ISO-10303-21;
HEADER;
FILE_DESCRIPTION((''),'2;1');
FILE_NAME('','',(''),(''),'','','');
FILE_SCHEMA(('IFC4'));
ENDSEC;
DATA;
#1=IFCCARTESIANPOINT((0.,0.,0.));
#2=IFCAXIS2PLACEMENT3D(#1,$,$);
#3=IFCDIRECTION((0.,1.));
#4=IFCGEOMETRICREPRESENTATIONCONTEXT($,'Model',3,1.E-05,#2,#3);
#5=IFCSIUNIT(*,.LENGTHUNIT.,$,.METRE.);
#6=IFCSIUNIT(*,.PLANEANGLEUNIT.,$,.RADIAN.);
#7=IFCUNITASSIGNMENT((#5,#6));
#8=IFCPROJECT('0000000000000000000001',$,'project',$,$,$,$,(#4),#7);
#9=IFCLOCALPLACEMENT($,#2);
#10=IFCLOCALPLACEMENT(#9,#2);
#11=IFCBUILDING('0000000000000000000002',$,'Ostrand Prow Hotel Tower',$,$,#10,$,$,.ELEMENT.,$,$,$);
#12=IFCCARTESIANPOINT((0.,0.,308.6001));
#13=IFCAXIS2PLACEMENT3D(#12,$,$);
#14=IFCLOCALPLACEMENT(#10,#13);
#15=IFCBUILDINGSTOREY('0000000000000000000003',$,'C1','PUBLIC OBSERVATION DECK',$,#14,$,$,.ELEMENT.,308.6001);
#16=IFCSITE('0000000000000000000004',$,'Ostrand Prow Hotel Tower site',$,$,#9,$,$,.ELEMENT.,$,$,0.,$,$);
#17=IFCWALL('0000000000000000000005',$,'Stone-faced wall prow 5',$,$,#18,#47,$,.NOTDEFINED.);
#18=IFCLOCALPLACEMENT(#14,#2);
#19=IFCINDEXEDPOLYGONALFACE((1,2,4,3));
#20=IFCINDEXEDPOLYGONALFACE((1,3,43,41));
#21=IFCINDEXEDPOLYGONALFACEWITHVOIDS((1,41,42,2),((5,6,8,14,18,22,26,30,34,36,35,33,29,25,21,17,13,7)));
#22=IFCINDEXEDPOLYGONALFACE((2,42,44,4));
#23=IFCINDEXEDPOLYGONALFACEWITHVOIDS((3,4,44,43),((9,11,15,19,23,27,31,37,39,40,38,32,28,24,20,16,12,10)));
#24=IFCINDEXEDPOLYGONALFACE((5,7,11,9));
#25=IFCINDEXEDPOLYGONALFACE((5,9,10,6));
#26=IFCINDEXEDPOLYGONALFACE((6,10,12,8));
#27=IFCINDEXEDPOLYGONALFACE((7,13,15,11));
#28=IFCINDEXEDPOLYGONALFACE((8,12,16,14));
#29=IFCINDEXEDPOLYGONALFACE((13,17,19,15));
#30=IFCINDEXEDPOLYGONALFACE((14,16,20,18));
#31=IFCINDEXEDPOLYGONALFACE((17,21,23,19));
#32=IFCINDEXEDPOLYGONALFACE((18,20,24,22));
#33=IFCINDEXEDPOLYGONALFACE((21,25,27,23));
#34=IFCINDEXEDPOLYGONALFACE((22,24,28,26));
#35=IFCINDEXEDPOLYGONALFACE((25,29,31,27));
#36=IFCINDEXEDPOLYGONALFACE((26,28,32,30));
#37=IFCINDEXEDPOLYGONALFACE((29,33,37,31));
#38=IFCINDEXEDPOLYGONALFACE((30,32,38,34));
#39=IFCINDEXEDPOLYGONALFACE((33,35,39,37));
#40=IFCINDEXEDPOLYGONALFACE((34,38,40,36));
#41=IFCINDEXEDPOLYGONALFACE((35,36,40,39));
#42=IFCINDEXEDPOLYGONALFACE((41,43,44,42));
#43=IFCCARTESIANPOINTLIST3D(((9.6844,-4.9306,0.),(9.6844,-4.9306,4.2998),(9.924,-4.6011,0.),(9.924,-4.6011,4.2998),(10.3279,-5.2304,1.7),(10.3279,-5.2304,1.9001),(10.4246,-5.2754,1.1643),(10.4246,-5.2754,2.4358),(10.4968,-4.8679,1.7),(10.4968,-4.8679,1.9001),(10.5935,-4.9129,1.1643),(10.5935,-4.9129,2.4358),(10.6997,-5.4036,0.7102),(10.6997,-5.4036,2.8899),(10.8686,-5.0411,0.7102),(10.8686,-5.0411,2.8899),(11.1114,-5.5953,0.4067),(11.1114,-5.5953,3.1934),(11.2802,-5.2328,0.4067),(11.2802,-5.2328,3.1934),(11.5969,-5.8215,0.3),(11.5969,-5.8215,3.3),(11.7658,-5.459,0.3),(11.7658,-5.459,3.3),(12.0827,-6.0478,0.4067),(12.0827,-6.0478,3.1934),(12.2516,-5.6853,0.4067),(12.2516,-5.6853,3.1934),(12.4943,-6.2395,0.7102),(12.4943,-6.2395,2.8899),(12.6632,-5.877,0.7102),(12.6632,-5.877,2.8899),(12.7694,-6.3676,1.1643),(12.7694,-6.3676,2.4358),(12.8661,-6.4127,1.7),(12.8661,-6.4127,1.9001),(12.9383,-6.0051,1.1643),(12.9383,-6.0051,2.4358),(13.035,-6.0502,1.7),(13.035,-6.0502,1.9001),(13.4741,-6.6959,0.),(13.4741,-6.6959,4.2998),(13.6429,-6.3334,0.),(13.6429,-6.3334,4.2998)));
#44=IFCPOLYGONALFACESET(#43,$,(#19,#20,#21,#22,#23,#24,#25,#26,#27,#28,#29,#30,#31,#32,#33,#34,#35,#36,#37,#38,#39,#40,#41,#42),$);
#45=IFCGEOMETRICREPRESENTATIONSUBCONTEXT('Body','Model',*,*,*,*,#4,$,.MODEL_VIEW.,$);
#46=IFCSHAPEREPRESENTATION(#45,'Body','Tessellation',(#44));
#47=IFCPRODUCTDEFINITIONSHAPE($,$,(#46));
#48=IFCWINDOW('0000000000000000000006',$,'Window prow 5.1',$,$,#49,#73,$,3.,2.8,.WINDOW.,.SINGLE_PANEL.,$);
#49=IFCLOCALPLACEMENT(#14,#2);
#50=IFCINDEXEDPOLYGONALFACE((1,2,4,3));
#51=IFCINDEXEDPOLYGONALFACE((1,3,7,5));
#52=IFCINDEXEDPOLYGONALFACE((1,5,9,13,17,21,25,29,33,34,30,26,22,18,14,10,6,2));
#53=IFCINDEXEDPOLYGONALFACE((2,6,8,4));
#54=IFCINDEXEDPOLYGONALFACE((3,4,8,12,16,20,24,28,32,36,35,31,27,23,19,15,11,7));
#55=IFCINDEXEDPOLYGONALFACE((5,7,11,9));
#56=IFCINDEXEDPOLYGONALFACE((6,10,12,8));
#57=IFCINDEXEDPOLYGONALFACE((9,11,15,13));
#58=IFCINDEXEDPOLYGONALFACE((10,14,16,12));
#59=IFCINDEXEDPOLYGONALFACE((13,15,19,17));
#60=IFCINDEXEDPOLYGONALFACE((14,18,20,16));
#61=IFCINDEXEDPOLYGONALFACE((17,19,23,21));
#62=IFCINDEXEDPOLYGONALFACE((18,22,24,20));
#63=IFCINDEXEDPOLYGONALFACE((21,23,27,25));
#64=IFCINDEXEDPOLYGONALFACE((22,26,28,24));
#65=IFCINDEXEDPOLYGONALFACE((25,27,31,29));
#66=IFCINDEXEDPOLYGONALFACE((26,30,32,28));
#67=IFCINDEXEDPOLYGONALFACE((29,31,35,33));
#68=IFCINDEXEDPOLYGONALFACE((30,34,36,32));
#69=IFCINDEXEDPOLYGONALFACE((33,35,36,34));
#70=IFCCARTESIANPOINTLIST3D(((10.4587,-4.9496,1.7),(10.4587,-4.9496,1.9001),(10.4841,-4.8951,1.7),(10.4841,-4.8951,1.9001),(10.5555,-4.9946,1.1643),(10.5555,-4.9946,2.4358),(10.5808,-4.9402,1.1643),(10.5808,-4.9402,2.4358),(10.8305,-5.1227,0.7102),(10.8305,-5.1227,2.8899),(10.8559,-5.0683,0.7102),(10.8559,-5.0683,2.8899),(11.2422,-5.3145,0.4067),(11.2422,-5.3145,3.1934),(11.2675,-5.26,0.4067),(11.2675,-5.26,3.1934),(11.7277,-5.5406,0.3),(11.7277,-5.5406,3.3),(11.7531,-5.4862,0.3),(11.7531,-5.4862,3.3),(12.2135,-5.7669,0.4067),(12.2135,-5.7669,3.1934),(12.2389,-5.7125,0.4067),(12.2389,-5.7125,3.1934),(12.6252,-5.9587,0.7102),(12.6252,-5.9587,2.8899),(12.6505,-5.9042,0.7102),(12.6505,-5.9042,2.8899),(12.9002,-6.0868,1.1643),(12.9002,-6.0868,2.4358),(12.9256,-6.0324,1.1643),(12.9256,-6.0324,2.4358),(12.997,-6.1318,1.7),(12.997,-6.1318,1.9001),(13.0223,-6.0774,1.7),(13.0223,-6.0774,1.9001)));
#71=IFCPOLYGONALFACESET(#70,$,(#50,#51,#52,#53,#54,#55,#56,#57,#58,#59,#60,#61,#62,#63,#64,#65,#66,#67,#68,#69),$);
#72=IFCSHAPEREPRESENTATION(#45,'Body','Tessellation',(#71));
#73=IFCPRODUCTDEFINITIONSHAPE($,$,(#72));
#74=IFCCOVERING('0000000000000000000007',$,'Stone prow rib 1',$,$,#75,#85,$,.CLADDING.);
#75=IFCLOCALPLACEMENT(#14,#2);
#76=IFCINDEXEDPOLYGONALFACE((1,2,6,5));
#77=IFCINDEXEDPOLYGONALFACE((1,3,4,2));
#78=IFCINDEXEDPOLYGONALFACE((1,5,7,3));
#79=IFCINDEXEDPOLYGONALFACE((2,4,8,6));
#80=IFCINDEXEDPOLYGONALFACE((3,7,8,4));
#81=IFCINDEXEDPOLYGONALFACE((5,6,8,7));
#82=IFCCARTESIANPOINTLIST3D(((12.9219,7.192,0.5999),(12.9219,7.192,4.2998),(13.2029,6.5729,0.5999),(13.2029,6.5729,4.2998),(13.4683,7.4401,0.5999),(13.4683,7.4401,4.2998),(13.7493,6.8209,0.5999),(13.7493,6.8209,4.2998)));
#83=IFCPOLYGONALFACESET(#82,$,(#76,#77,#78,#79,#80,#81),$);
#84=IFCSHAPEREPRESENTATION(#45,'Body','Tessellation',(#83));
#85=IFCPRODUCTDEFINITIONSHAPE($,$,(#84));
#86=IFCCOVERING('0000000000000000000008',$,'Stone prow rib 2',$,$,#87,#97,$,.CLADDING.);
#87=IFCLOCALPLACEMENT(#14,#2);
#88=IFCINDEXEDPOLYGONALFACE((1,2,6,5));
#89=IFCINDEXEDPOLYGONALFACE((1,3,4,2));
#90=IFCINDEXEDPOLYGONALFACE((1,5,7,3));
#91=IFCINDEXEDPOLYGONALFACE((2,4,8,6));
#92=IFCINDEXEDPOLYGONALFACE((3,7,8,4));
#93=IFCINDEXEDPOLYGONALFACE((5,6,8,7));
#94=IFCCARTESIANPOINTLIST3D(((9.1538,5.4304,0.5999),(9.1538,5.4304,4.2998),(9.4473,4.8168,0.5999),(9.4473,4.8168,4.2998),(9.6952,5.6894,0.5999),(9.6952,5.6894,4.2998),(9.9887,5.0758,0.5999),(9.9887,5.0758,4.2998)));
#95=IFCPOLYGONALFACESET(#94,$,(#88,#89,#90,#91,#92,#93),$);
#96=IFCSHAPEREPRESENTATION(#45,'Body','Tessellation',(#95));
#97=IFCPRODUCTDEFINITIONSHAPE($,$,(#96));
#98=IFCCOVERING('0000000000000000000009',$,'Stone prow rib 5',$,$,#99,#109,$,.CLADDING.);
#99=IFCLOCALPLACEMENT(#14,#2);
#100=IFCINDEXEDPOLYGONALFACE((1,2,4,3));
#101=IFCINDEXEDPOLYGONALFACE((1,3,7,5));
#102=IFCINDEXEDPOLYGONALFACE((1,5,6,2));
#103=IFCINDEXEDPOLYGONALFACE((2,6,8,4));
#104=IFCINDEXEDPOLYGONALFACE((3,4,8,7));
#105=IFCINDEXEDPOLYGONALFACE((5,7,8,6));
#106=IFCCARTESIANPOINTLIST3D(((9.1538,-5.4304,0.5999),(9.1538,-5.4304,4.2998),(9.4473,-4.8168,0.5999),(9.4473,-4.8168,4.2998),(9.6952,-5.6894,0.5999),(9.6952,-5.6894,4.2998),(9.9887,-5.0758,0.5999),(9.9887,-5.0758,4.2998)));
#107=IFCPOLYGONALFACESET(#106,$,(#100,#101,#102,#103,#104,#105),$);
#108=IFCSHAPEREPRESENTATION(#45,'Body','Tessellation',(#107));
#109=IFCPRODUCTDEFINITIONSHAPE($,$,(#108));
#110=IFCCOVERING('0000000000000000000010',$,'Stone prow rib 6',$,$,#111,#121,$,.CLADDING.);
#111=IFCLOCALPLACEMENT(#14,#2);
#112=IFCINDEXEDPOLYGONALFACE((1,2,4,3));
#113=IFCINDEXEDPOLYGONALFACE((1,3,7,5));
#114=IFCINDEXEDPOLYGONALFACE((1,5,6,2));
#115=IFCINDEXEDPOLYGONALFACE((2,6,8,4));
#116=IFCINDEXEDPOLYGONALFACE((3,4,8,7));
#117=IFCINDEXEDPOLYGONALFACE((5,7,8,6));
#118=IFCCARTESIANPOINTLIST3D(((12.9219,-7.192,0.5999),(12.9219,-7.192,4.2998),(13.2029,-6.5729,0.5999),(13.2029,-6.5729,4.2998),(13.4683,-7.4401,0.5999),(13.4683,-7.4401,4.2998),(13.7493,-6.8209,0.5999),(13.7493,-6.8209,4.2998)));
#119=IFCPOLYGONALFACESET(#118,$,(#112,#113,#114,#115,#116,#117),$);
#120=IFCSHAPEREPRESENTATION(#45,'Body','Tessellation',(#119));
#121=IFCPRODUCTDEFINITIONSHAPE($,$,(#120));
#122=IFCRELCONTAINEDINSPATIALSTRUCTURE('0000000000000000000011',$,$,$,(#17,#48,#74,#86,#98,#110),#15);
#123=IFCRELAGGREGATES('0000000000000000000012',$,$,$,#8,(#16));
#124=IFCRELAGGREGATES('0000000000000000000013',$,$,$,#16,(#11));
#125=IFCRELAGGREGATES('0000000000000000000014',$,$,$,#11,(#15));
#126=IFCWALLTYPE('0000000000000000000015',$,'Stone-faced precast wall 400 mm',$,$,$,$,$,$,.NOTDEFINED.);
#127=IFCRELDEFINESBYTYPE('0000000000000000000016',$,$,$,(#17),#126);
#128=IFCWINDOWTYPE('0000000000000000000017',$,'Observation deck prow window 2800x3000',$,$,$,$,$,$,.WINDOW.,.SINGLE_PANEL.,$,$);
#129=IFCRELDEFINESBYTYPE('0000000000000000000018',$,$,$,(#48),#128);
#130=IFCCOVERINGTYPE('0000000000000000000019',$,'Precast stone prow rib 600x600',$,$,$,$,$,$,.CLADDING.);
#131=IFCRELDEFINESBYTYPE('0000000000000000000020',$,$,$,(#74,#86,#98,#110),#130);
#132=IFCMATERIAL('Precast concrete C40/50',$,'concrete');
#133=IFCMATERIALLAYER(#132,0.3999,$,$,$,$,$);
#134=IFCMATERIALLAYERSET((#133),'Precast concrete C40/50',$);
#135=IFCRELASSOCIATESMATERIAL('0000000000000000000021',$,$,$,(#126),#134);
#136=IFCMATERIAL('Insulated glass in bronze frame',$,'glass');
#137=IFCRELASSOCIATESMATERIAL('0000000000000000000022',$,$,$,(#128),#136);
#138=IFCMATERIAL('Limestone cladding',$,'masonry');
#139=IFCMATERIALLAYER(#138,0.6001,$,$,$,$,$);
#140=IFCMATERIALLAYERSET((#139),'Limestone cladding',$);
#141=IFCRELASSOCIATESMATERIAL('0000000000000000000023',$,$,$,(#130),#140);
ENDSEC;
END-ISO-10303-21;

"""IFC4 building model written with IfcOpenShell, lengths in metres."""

from ifc_helpers import new_model, si_unit, direction, frame, frame_2d, origin, place, context, subcontext, project, spatial, polyline, rectangle, outline, extrude, material, layer, layer_set, type_object, element, fill, save


model = new_model("IFC4")

# Units and contexts
model_context = context("Model", 3, precision=1e-05, world=origin(), true_north=direction((0.0, 1.0)))
body_context = subcontext(model_context, "Body", "Model", "MODEL_VIEW")
ifc_project = project(units=[si_unit("LENGTHUNIT", "METRE"), si_unit("PLANEANGLEUNIT", "RADIAN")], contexts=[model_context])

# Site, building, storey
site_placement = place(None, origin())
site = spatial("IfcSite", under=ifc_project, at=site_placement, Name="Ostrand Prow Hotel Tower site", CompositionType="ELEMENT", RefElevation=0.0)
building_placement = place(site_placement, origin())
building = spatial("IfcBuilding", under=site, at=building_placement, Name="Ostrand Prow Hotel Tower", CompositionType="ELEMENT")
storey_placement = place(building_placement, frame((0.0, 0.0, 308.6001)))
storey = spatial("IfcBuildingStorey", under=building, at=storey_placement, Name="C1", Description="PUBLIC OBSERVATION DECK", CompositionType="ELEMENT", Elevation=308.6001)

# Wall, opening, window
ifc_material_1 = material(Name="Precast concrete C40/50", Category="concrete")
ifc_layer_1 = layer(ifc_material_1, 0.3999)
ifc_layer_set_1 = layer_set([ifc_layer_1], Name="Precast concrete C40/50")
wall_type_1 = type_object("IfcWallType", Name="Stone-faced precast wall 400 mm", PredefinedType="NOTDEFINED", material=ifc_layer_set_1)
ifc_material_2 = material(Name="Insulated glass in bronze frame", Category="glass")
window_type = type_object("IfcWindowType", Name="Observation deck prow window 2800x3000", PartitioningType="SINGLE_PANEL", PredefinedType="WINDOW", material=ifc_material_2)
wall_1_placement = place(storey_placement, frame((9.8042, -4.7659, 0.0), z_axis=(0.0, 0.0, 1.0), x_axis=(0.906486, -0.422237, 0.0)))
wall_1 = element("IfcWall", 1, at=wall_1_placement, inside=storey, type_object=wall_type_1, Name="Stone-faced wall prow 5", PredefinedType="NOTDEFINED", context=body_context, shape_type="SweptSolid", body=[
    extrude(outline(polyline([(-0.0391, -0.2), (4.1416, -0.2), (4.1416, 0.2), (0.0391, 0.2), (-0.0391, -0.2)])), origin(), (0.0, 0.0, 1.0), 4.2998),
])
opening_1_placement = place(wall_1_placement, frame((0.6709, 0.0, 0.3)))
opening_1 = element("IfcOpeningElement", 2, at=opening_1_placement, cuts=wall_1, PredefinedType="OPENING", context=body_context, shape_type="SweptSolid", body=[
    extrude(outline(polyline([(0.0, 1.6001), (0.1067, 2.1357), (0.4102, 2.5898), (0.8643, 2.8933), (1.3999, 3.0), (1.9358, 2.8933), (2.3899, 2.5898), (2.6934, 2.1357), (2.8, 1.6001), (2.8, 1.3999), (2.6934, 0.8643), (2.3899, 0.4102), (1.9358, 0.1067), (1.3999, 0.0), (0.8643, 0.1067), (0.4102, 0.4102), (0.1067, 0.8643), (0.0, 1.3999), (0.0, 1.6001)])), frame((0.0, 0.21, 0.0), z_axis=(0.0, -1.0, 0.0), x_axis=(1.0, 0.0, 0.0)), (0.0, 0.0, 1.0), 0.4199),
])
window_1_placement = place(opening_1_placement, origin())
window_1 = element("IfcWindow", 3, at=window_1_placement, inside=storey, type_object=window_type, Name="Window prow 5.1", OverallHeight=3.0, OverallWidth=2.8, PartitioningType="SINGLE_PANEL", PredefinedType="WINDOW", context=body_context, shape_type="SweptSolid", body=[
    extrude(outline(polyline([(0.0, 1.6001), (0.1067, 2.1357), (0.4102, 2.5898), (0.8643, 2.8933), (1.3999, 3.0), (1.9358, 2.8933), (2.3899, 2.5898), (2.6934, 2.1357), (2.8, 1.6001), (2.8, 1.3999), (2.6934, 0.8643), (2.3899, 0.4102), (1.9358, 0.1067), (1.3999, 0.0), (0.8643, 0.1067), (0.4102, 0.4102), (0.1067, 0.8643), (0.0, 1.3999), (0.0, 1.6001)])), frame((0.0, 0.1699, 0.0), z_axis=(0.0, -1.0, 0.0), x_axis=(1.0, 0.0, 0.0)), (0.0, 0.0, 1.0), 0.0601),
])
fill(opening_1, window_1)

# Coverings
ifc_material_3 = material(Name="Limestone cladding", Category="masonry")
ifc_layer_2 = layer(ifc_material_3, 0.6001)
ifc_layer_set_2 = layer_set([ifc_layer_2], Name="Limestone cladding")
covering_type = type_object("IfcCoveringType", Name="Precast stone prow rib 600x600", PredefinedType="CLADDING", material=ifc_layer_set_2)
covering_1_placement = place(storey_placement, frame((13.4761, 6.697, 0.5999), z_axis=(0.0, 0.0, 1.0), x_axis=(-0.413289, 0.9106, 0.0)))
element("IfcCovering", 4, at=covering_1_placement, inside=storey, type_object=covering_type, Name="Stone prow rib 1", PredefinedType="CLADDING", context=body_context, shape_type="SweptSolid", body=[
    extrude(rectangle(XDim=0.6799, YDim=0.6001, at=frame_2d((0.3398, 0.0))), origin(), (0.0, 0.0, 1.0), 3.7),
])
for number, where, z_axis, x_axis, name in (
    (5, (9.718, 4.9463, 0.5999), (0.0, 0.0, 1.0), (-0.431494, 0.902116, 0.0), "Stone prow rib 2"),
    (6, (9.718, -4.9463, 0.5999), (0.0, 0.0, 1.0), (-0.431494, -0.902116, 0.0), "Stone prow rib 5"),
):
    element("IfcCovering", number, at=place(storey_placement, frame(where, z_axis=z_axis, x_axis=x_axis)), inside=storey, type_object=covering_type, Name=name, PredefinedType="CLADDING", context=body_context, shape_type="SweptSolid", body=[
        extrude(rectangle(XDim=0.6802, YDim=0.6001, at=frame_2d((0.3401, 0.0))), origin(), (0.0, 0.0, 1.0), 3.7),
    ])
covering_2_placement = place(storey_placement, frame((13.4761, -6.697, 0.5999), z_axis=(0.0, 0.0, 1.0), x_axis=(-0.413289, -0.9106, 0.0)))
element("IfcCovering", 7, at=covering_2_placement, inside=storey, type_object=covering_type, Name="Stone prow rib 6", PredefinedType="CLADDING", context=body_context, shape_type="SweptSolid", body=[
    extrude(rectangle(XDim=0.6799, YDim=0.6001, at=frame_2d((0.3398, 0.0))), origin(), (0.0, 0.0, 1.0), 3.7),
])

save(model, "model.ifc")
